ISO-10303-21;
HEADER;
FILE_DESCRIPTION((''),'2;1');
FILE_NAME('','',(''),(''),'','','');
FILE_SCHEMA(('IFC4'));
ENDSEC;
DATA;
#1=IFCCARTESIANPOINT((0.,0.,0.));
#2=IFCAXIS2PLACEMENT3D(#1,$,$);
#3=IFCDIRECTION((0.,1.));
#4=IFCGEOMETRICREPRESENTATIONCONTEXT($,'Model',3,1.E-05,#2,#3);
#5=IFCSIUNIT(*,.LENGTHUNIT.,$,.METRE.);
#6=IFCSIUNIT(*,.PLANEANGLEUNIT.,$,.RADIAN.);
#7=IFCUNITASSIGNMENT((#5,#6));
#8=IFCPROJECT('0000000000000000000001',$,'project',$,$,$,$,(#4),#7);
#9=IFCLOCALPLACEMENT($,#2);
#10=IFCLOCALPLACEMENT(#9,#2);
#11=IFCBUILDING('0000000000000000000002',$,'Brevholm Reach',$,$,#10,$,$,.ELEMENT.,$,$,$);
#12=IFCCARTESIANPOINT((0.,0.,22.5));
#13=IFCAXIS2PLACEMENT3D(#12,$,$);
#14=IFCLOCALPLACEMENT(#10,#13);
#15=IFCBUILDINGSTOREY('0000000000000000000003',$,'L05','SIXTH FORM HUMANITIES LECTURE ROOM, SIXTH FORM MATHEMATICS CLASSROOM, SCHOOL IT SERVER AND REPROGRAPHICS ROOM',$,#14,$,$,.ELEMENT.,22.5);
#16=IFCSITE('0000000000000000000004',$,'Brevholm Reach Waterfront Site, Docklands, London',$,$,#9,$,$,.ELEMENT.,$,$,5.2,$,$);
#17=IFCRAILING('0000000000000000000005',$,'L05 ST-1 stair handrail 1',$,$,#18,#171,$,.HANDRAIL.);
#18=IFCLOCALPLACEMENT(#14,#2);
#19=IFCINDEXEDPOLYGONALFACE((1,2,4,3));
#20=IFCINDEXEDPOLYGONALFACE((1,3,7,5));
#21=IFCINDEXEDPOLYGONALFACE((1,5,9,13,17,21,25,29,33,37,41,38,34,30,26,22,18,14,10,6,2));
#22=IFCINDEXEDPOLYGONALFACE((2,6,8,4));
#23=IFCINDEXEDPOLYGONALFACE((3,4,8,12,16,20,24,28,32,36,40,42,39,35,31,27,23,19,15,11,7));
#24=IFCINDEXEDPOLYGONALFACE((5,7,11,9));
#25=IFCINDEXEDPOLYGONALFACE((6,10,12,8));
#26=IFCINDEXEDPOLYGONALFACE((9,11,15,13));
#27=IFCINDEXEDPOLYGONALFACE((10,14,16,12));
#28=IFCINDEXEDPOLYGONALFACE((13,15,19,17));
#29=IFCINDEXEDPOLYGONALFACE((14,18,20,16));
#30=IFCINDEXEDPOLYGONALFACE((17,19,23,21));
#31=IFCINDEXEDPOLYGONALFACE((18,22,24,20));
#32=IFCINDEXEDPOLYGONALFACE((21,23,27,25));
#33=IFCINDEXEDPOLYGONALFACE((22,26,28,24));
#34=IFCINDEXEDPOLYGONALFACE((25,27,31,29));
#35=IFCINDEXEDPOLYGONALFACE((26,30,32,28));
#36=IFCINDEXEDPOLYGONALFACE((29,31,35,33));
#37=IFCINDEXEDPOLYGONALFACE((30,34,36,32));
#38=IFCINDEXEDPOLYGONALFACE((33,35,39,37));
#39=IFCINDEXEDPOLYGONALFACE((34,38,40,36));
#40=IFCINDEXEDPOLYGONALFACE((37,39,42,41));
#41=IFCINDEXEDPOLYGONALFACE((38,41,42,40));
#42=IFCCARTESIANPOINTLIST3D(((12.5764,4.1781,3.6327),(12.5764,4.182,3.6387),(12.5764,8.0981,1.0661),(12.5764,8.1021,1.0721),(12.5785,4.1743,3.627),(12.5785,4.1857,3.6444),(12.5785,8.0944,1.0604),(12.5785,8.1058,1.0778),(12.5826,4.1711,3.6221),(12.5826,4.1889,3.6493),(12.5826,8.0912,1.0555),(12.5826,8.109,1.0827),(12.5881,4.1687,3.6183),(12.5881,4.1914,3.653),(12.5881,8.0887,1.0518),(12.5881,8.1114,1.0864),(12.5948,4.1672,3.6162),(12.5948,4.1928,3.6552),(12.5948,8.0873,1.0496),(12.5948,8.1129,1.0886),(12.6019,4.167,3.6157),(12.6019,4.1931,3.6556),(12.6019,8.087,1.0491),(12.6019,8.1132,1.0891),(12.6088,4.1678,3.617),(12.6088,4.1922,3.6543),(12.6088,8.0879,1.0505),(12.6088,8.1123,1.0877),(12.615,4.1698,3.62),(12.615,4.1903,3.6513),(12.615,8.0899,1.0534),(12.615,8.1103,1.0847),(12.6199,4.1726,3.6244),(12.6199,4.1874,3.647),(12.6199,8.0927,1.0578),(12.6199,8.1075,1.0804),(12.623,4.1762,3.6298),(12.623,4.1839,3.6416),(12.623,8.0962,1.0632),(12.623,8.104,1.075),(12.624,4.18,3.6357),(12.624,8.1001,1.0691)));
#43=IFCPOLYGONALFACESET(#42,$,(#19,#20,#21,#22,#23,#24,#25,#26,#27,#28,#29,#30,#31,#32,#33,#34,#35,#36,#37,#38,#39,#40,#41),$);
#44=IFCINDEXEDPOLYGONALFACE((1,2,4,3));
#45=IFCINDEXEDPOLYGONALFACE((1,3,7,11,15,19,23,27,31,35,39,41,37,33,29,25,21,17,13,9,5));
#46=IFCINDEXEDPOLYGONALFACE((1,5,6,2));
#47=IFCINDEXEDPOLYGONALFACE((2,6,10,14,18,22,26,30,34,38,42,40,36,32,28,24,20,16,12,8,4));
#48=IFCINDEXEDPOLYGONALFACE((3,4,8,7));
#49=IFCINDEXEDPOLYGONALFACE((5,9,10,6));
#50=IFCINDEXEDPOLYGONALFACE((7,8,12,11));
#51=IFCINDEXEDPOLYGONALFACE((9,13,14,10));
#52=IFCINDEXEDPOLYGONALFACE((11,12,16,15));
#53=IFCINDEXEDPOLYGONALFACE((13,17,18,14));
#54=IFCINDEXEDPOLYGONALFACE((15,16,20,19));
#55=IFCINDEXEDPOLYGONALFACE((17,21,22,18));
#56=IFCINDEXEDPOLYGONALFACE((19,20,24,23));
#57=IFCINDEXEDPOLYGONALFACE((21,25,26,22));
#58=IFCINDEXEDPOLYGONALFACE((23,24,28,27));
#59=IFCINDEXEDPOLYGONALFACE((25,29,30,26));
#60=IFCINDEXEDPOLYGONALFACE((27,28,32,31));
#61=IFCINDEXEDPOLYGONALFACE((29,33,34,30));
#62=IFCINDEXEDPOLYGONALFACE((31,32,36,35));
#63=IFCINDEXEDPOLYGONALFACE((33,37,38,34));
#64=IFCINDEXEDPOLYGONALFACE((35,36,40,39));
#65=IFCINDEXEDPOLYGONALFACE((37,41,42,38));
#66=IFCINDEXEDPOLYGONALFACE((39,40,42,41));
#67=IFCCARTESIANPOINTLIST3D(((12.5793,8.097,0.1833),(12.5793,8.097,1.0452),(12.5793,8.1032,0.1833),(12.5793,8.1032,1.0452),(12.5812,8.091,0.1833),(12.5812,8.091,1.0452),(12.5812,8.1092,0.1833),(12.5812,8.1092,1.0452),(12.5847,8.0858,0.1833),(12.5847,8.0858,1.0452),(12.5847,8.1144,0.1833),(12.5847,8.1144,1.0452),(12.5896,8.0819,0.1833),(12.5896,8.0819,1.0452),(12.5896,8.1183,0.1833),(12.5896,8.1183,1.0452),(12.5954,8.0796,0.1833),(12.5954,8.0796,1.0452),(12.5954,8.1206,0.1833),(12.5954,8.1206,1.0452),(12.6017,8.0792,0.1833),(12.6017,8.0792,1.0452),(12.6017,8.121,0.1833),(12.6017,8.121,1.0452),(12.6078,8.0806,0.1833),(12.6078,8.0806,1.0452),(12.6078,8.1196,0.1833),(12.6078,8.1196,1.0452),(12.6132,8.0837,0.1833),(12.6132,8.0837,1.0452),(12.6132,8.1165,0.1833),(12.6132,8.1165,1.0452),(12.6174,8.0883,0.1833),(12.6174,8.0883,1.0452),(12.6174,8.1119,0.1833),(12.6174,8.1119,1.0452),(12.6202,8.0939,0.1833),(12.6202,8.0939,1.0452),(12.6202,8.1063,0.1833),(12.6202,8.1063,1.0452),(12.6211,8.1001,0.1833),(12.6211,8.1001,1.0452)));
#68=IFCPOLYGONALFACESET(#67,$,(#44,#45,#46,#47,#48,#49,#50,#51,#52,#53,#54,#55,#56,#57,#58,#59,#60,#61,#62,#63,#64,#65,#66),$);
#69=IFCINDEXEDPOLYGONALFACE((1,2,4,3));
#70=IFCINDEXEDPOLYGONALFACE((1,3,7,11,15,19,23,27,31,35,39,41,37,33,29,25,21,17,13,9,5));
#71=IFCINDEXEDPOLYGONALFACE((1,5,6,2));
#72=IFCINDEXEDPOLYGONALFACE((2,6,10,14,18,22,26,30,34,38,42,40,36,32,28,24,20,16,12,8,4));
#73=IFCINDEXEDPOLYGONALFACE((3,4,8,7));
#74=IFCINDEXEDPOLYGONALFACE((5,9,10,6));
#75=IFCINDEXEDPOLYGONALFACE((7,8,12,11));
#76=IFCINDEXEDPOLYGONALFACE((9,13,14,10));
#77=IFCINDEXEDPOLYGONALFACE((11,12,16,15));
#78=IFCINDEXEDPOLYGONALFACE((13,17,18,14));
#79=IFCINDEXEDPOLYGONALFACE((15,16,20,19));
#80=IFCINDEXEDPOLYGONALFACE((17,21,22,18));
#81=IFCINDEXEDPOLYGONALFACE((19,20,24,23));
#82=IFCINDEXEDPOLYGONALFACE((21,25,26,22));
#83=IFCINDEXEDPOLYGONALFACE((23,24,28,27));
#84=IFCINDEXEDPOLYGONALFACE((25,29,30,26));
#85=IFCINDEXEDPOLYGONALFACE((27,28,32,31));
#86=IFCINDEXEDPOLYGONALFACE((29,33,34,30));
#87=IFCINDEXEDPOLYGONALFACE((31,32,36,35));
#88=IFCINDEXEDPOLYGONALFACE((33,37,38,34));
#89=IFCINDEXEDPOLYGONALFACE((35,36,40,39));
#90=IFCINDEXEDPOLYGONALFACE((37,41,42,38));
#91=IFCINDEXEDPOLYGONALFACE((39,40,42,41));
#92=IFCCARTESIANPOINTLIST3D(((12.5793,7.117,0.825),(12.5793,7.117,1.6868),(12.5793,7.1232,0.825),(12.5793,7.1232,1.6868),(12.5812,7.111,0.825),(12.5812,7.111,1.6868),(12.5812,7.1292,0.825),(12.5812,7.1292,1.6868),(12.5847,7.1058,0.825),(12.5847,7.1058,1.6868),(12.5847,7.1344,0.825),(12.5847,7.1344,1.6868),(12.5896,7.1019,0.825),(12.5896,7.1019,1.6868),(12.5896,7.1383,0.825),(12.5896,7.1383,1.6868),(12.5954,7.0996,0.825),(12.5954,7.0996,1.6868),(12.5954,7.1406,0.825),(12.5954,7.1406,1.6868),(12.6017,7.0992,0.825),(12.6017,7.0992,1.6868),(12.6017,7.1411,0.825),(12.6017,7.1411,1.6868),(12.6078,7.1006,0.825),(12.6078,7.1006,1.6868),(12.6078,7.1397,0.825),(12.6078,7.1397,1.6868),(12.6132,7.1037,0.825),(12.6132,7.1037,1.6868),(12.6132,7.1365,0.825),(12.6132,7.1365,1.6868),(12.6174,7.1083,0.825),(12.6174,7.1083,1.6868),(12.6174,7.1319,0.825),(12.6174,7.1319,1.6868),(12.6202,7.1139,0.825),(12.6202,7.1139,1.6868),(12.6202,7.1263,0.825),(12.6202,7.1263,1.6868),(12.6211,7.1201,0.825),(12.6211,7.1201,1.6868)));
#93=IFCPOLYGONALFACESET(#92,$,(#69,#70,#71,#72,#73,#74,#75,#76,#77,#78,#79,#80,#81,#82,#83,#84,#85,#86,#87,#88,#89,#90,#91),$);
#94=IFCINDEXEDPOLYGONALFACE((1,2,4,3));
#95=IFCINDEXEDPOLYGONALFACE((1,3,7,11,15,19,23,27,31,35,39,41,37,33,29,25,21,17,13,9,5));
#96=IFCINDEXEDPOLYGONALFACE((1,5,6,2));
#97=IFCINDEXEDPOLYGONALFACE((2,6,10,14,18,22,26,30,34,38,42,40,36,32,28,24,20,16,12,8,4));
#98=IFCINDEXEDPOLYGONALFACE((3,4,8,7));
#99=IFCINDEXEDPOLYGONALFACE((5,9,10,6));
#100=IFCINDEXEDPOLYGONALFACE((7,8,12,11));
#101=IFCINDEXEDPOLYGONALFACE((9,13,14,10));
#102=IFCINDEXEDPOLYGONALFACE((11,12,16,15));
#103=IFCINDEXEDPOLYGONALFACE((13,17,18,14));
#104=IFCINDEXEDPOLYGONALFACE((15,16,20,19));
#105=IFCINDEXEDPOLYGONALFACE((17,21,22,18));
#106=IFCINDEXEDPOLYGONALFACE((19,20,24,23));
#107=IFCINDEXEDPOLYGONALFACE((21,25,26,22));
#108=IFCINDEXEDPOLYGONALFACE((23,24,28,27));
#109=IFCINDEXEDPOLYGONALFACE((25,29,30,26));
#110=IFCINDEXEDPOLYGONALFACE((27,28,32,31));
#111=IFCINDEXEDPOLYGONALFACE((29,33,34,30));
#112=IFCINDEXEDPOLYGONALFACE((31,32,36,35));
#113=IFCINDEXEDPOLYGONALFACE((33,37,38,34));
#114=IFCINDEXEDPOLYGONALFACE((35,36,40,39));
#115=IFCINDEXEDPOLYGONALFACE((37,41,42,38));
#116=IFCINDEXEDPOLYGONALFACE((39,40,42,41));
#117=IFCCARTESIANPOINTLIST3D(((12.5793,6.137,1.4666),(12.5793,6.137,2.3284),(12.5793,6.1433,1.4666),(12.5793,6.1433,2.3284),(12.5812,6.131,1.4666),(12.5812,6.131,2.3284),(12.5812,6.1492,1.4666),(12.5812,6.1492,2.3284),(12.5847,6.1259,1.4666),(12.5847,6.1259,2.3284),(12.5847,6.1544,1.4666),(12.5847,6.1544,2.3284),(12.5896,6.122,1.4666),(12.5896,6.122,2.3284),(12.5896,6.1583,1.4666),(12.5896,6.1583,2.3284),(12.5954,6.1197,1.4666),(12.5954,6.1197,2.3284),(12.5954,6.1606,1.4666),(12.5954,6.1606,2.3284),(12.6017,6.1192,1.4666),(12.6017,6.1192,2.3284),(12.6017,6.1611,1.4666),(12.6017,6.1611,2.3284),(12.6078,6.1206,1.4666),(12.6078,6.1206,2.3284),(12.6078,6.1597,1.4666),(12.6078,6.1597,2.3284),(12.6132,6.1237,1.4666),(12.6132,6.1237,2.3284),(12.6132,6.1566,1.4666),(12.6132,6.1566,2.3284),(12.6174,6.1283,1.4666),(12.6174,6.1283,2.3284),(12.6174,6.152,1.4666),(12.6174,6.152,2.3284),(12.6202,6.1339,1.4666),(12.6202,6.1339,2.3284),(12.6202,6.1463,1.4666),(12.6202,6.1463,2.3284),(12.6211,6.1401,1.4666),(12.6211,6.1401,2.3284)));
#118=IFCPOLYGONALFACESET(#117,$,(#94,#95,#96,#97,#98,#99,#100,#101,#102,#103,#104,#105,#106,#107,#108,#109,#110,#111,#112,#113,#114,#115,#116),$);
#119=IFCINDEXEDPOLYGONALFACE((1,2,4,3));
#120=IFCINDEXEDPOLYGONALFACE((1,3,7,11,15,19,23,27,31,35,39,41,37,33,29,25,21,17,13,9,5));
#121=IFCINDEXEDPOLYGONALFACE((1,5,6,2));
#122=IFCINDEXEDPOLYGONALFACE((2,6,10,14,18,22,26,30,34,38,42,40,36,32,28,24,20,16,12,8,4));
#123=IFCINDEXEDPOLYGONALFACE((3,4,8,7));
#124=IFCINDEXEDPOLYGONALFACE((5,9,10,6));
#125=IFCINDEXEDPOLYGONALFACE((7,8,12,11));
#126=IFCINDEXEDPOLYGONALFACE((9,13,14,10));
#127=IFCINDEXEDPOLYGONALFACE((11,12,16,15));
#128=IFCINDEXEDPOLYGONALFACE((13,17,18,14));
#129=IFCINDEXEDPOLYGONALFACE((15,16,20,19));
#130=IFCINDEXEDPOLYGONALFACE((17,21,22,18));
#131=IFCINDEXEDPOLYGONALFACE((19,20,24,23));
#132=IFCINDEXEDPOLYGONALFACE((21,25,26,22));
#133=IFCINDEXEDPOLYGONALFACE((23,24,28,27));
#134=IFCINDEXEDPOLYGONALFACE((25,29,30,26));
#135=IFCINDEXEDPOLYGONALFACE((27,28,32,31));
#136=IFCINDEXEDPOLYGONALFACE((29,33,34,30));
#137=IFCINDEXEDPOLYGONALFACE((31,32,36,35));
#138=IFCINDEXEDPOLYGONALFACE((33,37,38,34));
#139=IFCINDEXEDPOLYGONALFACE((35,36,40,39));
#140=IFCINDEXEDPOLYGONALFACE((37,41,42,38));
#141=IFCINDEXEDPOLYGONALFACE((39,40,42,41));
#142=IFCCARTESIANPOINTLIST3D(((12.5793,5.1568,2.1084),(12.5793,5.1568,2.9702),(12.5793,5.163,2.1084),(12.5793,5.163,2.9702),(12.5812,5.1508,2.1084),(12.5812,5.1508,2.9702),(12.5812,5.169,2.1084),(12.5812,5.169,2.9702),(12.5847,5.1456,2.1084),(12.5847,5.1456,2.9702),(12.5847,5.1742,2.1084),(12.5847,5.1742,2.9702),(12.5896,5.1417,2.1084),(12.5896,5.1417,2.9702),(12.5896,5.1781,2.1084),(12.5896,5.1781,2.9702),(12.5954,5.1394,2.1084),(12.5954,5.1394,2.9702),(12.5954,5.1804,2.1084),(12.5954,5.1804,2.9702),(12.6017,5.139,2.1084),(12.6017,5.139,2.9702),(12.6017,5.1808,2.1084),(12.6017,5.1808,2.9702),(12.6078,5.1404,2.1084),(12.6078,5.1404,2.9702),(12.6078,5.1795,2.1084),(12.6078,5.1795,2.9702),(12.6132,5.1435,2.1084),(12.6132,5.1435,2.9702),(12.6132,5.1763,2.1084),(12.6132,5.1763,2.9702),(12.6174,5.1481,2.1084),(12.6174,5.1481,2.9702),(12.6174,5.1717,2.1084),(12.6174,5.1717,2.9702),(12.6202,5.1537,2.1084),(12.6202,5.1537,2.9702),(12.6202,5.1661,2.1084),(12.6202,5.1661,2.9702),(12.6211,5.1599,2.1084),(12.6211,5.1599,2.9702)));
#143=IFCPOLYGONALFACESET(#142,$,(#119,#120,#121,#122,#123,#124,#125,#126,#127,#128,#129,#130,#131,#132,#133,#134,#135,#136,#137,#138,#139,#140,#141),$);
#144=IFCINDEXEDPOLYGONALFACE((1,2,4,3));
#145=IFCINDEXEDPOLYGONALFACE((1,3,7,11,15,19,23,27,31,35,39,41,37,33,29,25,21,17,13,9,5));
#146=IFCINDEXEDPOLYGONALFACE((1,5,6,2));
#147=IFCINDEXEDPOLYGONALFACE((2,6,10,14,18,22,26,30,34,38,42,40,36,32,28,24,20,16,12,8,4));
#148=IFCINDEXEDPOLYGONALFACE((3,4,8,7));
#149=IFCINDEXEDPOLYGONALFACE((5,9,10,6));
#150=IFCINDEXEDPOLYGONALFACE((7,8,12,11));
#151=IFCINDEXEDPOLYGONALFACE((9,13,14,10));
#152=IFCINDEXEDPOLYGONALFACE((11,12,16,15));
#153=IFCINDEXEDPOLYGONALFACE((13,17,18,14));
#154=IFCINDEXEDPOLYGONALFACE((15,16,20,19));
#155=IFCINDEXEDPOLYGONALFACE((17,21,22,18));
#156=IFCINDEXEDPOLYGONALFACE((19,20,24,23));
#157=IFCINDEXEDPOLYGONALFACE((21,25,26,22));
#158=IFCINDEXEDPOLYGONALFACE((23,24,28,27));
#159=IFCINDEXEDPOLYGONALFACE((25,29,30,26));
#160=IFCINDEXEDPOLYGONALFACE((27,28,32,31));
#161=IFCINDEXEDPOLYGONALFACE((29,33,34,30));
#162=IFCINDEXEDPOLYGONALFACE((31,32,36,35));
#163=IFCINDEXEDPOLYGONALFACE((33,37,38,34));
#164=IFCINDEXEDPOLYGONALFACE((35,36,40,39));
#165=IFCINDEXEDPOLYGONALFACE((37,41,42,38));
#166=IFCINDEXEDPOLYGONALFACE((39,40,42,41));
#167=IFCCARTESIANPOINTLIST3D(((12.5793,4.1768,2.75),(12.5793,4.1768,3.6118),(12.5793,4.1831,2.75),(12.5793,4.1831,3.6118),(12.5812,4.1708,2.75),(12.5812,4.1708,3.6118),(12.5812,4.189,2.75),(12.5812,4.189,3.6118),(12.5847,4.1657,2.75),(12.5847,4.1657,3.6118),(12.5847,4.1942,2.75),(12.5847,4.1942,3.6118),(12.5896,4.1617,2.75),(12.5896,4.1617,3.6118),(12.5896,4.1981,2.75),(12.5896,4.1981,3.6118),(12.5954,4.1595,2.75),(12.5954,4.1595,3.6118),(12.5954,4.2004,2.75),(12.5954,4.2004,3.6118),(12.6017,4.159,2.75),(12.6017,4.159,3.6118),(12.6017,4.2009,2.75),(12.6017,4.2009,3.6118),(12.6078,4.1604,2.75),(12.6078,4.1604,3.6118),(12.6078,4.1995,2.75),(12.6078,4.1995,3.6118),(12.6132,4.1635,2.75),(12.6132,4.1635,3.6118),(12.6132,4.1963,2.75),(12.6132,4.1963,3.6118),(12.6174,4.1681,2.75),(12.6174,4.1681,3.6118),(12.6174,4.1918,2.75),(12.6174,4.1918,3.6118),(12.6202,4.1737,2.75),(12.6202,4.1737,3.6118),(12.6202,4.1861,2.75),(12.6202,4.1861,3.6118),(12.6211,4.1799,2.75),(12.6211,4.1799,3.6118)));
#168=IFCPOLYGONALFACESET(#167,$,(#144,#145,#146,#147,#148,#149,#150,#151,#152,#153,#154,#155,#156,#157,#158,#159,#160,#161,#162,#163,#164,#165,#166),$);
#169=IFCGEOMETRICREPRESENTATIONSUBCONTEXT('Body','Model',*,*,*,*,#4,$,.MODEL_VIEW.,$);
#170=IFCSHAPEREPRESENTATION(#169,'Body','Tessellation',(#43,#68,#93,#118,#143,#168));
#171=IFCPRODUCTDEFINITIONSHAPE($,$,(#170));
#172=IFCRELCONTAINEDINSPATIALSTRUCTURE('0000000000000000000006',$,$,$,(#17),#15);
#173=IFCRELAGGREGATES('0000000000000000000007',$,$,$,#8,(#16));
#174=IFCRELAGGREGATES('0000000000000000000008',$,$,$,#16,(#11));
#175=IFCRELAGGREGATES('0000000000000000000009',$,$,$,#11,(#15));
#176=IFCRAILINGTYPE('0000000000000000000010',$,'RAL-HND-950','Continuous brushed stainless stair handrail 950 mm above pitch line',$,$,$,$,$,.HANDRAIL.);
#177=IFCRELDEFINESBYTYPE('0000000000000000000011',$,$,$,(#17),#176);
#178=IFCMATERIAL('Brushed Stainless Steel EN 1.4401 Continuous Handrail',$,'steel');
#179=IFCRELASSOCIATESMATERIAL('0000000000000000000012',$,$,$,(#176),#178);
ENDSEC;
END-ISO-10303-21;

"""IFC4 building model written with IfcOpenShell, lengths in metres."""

from ifc_helpers import new_model, si_unit, direction, frame, origin, origin_2d, place, context, subcontext, project, spatial, circle, extrude, material, type_object, element, save


model = new_model("IFC4")

# Units and contexts
model_context = context("Model", 3, precision=1e-05, world=origin(), true_north=direction((0.0, 1.0)))
body_context = subcontext(model_context, "Body", "Model", "MODEL_VIEW")
ifc_project = project(units=[si_unit("LENGTHUNIT", "METRE"), si_unit("PLANEANGLEUNIT", "RADIAN")], contexts=[model_context])

# Site, building, storey
site_placement = place(None, origin())
site = spatial("IfcSite", under=ifc_project, at=site_placement, Name="Brevholm Reach Waterfront Site, Docklands, London", CompositionType="ELEMENT", RefElevation=5.2)
building_placement = place(site_placement, origin())
building = spatial("IfcBuilding", under=site, at=building_placement, Name="Brevholm Reach", CompositionType="ELEMENT")
storey_placement = place(building_placement, frame((0.0, 0.0, 22.5)))
storey = spatial("IfcBuildingStorey", under=building, at=storey_placement, Name="L05", Description="SIXTH FORM HUMANITIES LECTURE ROOM, SIXTH FORM MATHEMATICS CLASSROOM, SCHOOL IT SERVER AND REPROGRAPHICS ROOM", CompositionType="ELEMENT", Elevation=22.5)

# Railing
ifc_material_1 = material(Name="Brushed Stainless Steel EN 1.4401 Continuous Handrail", Category="steel")
railing_type_1 = type_object("IfcRailingType", Name="RAL-HND-950", Description="Continuous brushed stainless stair handrail 950 mm above pitch line", PredefinedType="HANDRAIL", material=ifc_material_1)
railing_1_placement = place(storey_placement, frame((12.6001, 8.1001, 0.1833)))
element("IfcRailing", 1, at=railing_1_placement, inside=storey, type_object=railing_type_1, Name="L05 ST-1 stair handrail 1", PredefinedType="HANDRAIL", context=body_context, shape_type="SweptSolid", body=[
    extrude(circle(Radius=0.0239, at=origin_2d()), frame((0.0, 0.0, 0.8857), z_axis=(0.0, -0.836631, 0.547767), x_axis=(1.0, 0.0, 0.0)), (0.0, 0.0, 1.0), 4.6855),
    extrude(circle(Radius=0.021, at=origin_2d()), origin(), (0.0, 0.0, 1.0), 0.8618),
    extrude(circle(Radius=0.021, at=origin_2d()), frame((0.0, -0.98, 0.6416)), (0.0, 0.0, 1.0), 0.8618),
    extrude(circle(Radius=0.021, at=origin_2d()), frame((0.0, -1.96, 1.2832)), (0.0, 0.0, 1.0), 0.8618),
    extrude(circle(Radius=0.021, at=origin_2d()), frame((0.0, -2.9402, 1.925)), (0.0, 0.0, 1.0), 0.8618),
    extrude(circle(Radius=0.021, at=origin_2d()), frame((0.0, -3.9202, 2.5667)), (0.0, 0.0, 1.0), 0.8618),
])

save(model, "model.ifc")
